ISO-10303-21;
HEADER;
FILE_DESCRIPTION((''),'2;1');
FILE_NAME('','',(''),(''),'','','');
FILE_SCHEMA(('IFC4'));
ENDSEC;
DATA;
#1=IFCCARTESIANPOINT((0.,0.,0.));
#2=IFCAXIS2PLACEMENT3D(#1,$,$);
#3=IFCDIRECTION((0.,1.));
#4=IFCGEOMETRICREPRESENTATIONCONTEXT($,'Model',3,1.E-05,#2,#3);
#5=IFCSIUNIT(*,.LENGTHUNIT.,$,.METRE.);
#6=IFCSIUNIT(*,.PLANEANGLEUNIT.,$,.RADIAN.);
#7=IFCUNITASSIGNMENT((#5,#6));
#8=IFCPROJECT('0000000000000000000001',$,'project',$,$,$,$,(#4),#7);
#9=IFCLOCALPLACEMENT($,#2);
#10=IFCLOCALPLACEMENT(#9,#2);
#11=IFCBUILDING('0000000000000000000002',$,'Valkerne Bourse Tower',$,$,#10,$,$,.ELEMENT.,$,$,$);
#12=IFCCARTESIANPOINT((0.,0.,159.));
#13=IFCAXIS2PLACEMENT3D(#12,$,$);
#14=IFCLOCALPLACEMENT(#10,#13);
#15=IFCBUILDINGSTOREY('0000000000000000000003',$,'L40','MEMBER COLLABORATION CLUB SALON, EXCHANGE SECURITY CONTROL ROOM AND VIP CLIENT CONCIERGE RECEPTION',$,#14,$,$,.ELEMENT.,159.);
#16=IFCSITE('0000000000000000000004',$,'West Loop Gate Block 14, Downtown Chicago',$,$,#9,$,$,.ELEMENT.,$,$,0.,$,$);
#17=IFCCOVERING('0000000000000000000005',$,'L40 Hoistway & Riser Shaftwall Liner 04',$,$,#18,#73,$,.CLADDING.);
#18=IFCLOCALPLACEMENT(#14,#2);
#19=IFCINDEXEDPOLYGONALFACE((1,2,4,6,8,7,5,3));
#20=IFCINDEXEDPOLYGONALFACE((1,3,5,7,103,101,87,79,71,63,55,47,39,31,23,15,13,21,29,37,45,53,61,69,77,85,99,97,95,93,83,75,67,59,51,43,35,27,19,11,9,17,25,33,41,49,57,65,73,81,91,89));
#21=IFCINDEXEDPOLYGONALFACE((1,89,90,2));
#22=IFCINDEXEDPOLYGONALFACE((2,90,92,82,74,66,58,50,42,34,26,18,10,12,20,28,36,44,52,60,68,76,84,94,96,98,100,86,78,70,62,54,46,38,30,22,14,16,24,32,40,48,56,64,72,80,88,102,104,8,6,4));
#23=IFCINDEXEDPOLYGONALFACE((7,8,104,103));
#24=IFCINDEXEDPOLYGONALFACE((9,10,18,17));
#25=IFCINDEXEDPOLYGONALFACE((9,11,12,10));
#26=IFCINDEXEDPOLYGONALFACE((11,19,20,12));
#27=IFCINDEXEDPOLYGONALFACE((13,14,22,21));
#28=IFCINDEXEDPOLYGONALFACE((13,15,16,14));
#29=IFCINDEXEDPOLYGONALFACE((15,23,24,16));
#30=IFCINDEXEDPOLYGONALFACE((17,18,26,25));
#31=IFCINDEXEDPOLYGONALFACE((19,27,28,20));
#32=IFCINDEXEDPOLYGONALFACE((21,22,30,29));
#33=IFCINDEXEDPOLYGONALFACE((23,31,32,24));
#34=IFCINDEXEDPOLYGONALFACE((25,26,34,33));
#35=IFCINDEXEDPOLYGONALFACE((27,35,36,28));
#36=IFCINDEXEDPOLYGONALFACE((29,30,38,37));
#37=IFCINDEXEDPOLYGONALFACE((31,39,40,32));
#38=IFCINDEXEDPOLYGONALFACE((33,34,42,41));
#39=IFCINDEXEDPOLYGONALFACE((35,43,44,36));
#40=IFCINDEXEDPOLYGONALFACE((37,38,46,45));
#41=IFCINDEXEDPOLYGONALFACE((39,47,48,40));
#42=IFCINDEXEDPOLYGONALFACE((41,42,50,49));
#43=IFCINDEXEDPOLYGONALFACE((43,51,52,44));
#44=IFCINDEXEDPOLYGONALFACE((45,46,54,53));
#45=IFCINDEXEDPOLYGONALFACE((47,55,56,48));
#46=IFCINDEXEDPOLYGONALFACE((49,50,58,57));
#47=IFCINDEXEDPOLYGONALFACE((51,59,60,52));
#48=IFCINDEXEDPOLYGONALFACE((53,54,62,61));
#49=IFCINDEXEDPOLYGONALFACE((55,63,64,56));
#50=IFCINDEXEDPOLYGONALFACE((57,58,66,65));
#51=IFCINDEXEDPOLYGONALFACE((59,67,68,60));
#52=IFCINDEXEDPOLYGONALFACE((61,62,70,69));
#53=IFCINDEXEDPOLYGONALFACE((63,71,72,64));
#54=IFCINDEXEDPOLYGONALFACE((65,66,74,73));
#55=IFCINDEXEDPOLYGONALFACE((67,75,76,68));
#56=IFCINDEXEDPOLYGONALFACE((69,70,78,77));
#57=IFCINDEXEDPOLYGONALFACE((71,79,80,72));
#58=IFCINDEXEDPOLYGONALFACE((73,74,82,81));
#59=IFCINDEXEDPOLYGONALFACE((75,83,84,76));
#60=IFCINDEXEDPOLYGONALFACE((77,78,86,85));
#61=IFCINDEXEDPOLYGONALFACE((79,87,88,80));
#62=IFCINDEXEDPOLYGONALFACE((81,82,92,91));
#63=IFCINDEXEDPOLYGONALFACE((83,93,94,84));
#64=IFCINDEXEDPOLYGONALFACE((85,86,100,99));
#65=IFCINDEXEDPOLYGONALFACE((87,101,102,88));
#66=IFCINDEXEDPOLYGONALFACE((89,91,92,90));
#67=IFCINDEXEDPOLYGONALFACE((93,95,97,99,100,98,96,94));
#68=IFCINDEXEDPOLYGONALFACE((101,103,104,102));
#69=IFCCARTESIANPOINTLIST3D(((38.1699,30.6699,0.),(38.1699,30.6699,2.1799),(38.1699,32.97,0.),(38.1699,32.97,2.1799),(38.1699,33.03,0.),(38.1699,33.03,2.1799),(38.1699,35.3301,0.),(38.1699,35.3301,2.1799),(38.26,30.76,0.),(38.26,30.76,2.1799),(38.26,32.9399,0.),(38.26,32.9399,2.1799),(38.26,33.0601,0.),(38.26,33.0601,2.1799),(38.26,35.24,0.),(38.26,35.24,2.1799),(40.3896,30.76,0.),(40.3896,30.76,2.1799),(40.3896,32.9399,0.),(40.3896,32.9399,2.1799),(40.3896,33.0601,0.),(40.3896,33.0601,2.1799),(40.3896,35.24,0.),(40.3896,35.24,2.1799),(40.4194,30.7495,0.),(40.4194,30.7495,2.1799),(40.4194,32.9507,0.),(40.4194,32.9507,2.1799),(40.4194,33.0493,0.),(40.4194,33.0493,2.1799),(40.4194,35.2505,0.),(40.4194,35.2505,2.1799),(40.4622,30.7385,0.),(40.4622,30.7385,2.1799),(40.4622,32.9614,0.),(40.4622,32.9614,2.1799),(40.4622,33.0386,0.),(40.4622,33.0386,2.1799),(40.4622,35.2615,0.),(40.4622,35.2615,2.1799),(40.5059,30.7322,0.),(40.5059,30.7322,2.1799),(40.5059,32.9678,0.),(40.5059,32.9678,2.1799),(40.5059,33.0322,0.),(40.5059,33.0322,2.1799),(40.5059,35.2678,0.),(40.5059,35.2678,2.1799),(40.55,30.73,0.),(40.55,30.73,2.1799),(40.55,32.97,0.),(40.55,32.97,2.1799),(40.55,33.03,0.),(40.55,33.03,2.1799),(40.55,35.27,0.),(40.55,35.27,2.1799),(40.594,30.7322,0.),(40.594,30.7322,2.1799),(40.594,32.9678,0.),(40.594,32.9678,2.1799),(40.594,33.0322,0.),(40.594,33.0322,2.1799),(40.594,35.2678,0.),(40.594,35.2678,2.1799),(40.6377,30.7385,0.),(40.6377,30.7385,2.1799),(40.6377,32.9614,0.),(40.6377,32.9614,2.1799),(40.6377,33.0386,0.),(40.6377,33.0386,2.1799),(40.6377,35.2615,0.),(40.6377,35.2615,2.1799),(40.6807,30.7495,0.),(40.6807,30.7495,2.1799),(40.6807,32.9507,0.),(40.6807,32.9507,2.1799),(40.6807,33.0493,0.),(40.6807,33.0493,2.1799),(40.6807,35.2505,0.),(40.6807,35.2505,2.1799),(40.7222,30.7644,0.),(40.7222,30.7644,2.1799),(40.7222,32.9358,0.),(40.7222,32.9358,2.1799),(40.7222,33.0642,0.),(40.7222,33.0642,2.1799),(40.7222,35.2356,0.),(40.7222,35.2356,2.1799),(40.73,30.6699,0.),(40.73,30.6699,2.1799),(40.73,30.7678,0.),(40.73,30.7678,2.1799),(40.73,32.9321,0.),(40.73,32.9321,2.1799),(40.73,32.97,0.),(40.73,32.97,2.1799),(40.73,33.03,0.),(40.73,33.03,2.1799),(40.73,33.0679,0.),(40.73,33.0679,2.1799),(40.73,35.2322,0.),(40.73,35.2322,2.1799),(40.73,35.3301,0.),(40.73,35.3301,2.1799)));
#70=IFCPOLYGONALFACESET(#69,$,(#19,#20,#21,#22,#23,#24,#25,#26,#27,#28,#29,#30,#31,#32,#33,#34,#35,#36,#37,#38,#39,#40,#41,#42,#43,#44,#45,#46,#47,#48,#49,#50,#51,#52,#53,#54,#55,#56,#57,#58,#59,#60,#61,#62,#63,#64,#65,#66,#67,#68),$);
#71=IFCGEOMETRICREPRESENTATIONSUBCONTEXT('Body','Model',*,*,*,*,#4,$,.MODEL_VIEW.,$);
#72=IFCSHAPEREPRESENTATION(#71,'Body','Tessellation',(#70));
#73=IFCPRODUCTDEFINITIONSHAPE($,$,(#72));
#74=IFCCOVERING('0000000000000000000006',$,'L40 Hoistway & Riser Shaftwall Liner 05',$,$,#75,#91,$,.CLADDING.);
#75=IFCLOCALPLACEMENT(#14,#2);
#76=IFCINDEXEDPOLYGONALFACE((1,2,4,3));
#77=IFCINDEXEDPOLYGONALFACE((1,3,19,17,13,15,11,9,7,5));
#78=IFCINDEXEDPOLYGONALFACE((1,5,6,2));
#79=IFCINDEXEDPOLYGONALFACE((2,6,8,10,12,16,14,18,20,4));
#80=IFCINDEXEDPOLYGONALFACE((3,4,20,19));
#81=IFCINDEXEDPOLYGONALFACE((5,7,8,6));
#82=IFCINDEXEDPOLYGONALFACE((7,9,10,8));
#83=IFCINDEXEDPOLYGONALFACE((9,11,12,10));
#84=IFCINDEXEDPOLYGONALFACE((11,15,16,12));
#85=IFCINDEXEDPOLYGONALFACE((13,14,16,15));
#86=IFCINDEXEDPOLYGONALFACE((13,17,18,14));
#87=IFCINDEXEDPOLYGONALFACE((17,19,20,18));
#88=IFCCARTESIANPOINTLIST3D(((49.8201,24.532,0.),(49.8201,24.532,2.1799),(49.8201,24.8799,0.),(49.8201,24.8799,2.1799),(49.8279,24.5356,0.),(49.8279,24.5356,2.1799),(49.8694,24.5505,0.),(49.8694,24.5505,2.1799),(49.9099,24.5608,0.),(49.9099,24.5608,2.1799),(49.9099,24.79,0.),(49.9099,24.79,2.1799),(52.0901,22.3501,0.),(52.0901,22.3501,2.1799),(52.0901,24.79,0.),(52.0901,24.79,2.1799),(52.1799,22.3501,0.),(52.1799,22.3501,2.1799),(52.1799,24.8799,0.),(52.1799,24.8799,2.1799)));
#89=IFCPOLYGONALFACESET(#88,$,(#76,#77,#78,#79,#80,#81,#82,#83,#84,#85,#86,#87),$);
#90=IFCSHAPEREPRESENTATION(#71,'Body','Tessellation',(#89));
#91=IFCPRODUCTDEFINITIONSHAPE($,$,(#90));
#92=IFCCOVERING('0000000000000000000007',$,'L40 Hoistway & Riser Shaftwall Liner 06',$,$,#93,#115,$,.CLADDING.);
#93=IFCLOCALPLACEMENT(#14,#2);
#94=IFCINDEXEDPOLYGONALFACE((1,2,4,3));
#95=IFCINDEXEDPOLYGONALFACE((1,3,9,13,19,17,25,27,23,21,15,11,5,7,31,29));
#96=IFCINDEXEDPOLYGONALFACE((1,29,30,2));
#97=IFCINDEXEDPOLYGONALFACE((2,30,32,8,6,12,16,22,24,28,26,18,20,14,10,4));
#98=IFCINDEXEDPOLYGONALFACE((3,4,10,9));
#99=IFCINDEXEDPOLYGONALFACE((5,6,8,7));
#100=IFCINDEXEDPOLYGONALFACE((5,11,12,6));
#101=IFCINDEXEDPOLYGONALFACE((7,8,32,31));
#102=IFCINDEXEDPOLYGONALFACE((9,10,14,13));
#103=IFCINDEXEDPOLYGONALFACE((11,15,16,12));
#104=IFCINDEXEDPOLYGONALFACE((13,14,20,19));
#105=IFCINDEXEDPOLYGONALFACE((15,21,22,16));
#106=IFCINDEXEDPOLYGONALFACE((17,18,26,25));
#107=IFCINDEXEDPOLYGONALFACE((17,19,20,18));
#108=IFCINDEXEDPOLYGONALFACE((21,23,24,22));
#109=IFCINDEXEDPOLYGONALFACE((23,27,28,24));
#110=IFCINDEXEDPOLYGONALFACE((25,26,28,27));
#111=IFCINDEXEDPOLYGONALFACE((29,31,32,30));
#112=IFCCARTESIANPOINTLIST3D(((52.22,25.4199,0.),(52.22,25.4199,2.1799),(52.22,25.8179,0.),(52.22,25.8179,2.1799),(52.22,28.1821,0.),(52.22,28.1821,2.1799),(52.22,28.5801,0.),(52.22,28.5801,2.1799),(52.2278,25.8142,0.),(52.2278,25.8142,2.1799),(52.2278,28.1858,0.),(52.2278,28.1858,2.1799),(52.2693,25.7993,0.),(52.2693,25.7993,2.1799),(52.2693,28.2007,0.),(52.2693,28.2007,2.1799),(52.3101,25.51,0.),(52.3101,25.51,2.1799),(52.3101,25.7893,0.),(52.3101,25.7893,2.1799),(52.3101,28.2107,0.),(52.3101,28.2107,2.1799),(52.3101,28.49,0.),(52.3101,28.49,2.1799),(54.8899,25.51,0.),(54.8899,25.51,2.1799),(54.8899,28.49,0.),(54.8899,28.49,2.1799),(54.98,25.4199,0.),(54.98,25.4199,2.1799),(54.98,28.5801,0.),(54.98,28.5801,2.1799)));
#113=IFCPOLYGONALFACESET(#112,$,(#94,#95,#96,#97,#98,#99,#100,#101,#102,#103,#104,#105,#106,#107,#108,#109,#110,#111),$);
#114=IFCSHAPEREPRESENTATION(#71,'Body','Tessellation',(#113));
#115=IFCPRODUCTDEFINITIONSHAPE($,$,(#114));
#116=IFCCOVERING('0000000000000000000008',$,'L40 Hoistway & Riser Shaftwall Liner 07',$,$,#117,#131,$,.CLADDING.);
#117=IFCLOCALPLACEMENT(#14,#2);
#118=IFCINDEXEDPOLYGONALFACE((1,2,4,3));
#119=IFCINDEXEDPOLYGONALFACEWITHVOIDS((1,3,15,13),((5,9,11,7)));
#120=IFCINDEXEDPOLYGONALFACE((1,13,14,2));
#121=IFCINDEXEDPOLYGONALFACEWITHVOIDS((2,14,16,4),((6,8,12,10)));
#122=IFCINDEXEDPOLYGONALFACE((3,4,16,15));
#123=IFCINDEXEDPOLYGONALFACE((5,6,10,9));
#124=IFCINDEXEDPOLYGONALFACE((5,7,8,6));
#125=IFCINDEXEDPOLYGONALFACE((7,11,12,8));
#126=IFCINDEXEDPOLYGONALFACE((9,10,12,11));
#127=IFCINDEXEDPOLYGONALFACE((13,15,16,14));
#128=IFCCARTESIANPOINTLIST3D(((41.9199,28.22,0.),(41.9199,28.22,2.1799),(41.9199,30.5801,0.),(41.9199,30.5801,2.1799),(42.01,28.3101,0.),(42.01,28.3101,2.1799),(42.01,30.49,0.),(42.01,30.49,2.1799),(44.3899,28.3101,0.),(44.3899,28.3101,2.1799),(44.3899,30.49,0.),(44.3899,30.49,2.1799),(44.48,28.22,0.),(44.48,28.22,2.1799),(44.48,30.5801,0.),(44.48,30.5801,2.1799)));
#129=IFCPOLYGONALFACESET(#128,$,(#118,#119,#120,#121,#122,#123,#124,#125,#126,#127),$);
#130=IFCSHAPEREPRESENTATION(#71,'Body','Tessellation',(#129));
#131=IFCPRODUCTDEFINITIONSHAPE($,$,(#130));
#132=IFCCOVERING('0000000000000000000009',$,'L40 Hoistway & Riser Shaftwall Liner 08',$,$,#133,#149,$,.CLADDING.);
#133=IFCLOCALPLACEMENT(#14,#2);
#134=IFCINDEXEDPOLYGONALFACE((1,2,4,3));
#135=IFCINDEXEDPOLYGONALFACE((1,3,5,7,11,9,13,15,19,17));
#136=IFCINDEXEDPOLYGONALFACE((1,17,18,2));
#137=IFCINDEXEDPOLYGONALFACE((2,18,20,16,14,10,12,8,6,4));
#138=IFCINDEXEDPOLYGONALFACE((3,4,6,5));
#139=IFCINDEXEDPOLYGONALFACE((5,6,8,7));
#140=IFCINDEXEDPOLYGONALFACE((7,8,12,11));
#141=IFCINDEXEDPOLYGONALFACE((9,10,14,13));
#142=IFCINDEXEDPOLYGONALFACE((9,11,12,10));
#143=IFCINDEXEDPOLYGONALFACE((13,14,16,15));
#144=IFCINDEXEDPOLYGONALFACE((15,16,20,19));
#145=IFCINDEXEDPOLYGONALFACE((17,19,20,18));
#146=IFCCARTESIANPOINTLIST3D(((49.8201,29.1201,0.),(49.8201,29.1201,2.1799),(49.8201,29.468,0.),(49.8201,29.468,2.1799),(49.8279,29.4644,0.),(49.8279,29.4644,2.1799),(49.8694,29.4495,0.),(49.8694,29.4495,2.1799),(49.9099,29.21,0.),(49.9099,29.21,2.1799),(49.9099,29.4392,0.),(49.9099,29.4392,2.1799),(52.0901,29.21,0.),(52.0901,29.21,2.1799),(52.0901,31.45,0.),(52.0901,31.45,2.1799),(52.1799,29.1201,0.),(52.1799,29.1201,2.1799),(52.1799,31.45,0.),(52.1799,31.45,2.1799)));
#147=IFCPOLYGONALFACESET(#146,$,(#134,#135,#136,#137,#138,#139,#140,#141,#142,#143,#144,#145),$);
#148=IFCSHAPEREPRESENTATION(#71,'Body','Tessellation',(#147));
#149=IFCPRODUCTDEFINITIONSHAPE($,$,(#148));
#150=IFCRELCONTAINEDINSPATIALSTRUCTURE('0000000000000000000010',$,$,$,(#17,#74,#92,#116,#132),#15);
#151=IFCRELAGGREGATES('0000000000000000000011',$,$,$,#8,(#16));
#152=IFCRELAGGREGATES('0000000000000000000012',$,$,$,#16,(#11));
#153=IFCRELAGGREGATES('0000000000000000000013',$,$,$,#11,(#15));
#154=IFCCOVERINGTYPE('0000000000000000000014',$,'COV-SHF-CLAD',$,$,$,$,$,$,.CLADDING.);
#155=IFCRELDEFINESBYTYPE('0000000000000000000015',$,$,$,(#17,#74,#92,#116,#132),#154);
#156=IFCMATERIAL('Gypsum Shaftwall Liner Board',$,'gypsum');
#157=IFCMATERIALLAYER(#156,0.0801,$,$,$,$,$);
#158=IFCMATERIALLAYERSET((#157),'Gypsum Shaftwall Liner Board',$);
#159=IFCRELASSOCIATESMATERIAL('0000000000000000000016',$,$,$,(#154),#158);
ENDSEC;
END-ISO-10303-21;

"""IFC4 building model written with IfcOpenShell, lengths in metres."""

from ifc_helpers import new_model, si_unit, direction, frame, origin, place, context, subcontext, project, spatial, polyline, outline, extrude, material, layer, layer_set, type_object, element, save


model = new_model("IFC4")

# Units and contexts
model_context = context("Model", 3, precision=1e-05, world=origin(), true_north=direction((0.0, 1.0)))
body_context = subcontext(model_context, "Body", "Model", "MODEL_VIEW")
ifc_project = project(units=[si_unit("LENGTHUNIT", "METRE"), si_unit("PLANEANGLEUNIT", "RADIAN")], contexts=[model_context])

# Site, building, storey
site_placement = place(None, origin())
site = spatial("IfcSite", under=ifc_project, at=site_placement, Name="West Loop Gate Block 14, Downtown Chicago", CompositionType="ELEMENT", RefElevation=0.0)
building_placement = place(site_placement, origin())
building = spatial("IfcBuilding", under=site, at=building_placement, Name="Valkerne Bourse Tower", CompositionType="ELEMENT")
storey_placement = place(building_placement, frame((0.0, 0.0, 159.0)))
storey = spatial("IfcBuildingStorey", under=building, at=storey_placement, Name="L40", Description="MEMBER COLLABORATION CLUB SALON, EXCHANGE SECURITY CONTROL ROOM AND VIP CLIENT CONCIERGE RECEPTION", CompositionType="ELEMENT", Elevation=159.0)

# Coverings
ifc_material_1 = material(Name="Gypsum Shaftwall Liner Board", Category="gypsum")
ifc_layer_1 = layer(ifc_material_1, 0.0801)
ifc_layer_set_1 = layer_set([ifc_layer_1], Name="Gypsum Shaftwall Liner Board")
covering_type_1 = type_object("IfcCoveringType", Name="COV-SHF-CLAD", PredefinedType="CLADDING", material=ifc_layer_set_1)
covering_1_placement = place(storey_placement, origin())
element("IfcCovering", 1, at=covering_1_placement, inside=storey, type_object=covering_type_1, Name="L40 Hoistway & Riser Shaftwall Liner 04", PredefinedType="CLADDING", context=body_context, shape_type="SweptSolid", body=[
    extrude(outline(polyline([(38.1699, 35.3301), (40.73, 35.3301), (40.73, 35.2322), (40.7222, 35.2356), (40.6807, 35.2505), (40.6377, 35.2615), (40.594, 35.2678), (40.55, 35.27), (40.5059, 35.2678), (40.4622, 35.2615), (40.4194, 35.2505), (40.3896, 35.24), (38.26, 35.24), (38.26, 33.0601), (40.3896, 33.0601), (40.4194, 33.0493), (40.4622, 33.0386), (40.5059, 33.0322), (40.55, 33.03), (40.594, 33.0322), (40.6377, 33.0386), (40.6807, 33.0493), (40.7222, 33.0642), (40.73, 33.0679), (40.73, 33.03), (40.73, 32.97), (40.73, 32.9321), (40.7222, 32.9358), (40.6807, 32.9507), (40.6377, 32.9614), (40.594, 32.9678), (40.55, 32.97), (40.5059, 32.9678), (40.4622, 32.9614), (40.4194, 32.9507), (40.3896, 32.9399), (38.26, 32.9399), (38.26, 30.76), (40.3896, 30.76), (40.4194, 30.7495), (40.4622, 30.7385), (40.5059, 30.7322), (40.55, 30.73), (40.594, 30.7322), (40.6377, 30.7385), (40.6807, 30.7495), (40.7222, 30.7644), (40.73, 30.7678), (40.73, 30.6699), (38.1699, 30.6699), (38.1699, 32.97), (38.1699, 33.03), (38.1699, 35.3301)])), origin(), (0.0, 0.0, 1.0), 2.1799),
])
covering_2_placement = place(storey_placement, origin())
element("IfcCovering", 2, at=covering_2_placement, inside=storey, type_object=covering_type_1, Name="L40 Hoistway & Riser Shaftwall Liner 05", PredefinedType="CLADDING", context=body_context, shape_type="SweptSolid", body=[
    extrude(outline(polyline([(52.1799, 22.3501), (52.0901, 22.3501), (52.0901, 24.79), (49.9099, 24.79), (49.9099, 24.5608), (49.8694, 24.5505), (49.8279, 24.5356), (49.8201, 24.532), (49.8201, 24.8799), (52.1799, 24.8799), (52.1799, 22.3501)])), origin(), (0.0, 0.0, 1.0), 2.1799),
])
covering_3_placement = place(storey_placement, origin())
element("IfcCovering", 3, at=covering_3_placement, inside=storey, type_object=covering_type_1, Name="L40 Hoistway & Riser Shaftwall Liner 06", PredefinedType="CLADDING", context=body_context, shape_type="SweptSolid", body=[
    extrude(outline(polyline([(54.98, 25.4199), (52.22, 25.4199), (52.22, 25.8179), (52.2278, 25.8142), (52.2693, 25.7993), (52.3101, 25.7893), (52.3101, 25.51), (54.8899, 25.51), (54.8899, 28.49), (52.3101, 28.49), (52.3101, 28.2107), (52.2693, 28.2007), (52.2278, 28.1858), (52.22, 28.1821), (52.22, 28.5801), (54.98, 28.5801), (54.98, 25.4199)])), origin(), (0.0, 0.0, 1.0), 2.1799),
])
covering_4_placement = place(storey_placement, origin())
element("IfcCovering", 4, at=covering_4_placement, inside=storey, type_object=covering_type_1, Name="L40 Hoistway & Riser Shaftwall Liner 07", PredefinedType="CLADDING", context=body_context, shape_type="SweptSolid", body=[
    extrude(outline(polyline([(44.48, 28.22), (41.9199, 28.22), (41.9199, 30.5801), (44.48, 30.5801), (44.48, 28.22)]), holes=[polyline([(42.01, 30.49), (42.01, 28.3101), (44.3899, 28.3101), (44.3899, 30.49), (42.01, 30.49)])]), origin(), (0.0, 0.0, 1.0), 2.1799),
])
covering_5_placement = place(storey_placement, origin())
element("IfcCovering", 5, at=covering_5_placement, inside=storey, type_object=covering_type_1, Name="L40 Hoistway & Riser Shaftwall Liner 08", PredefinedType="CLADDING", context=body_context, shape_type="SweptSolid", body=[
    extrude(outline(polyline([(49.8201, 29.1201), (49.8201, 29.468), (49.8279, 29.4644), (49.8694, 29.4495), (49.9099, 29.4392), (49.9099, 29.21), (52.0901, 29.21), (52.0901, 31.45), (52.1799, 31.45), (52.1799, 29.1201), (49.8201, 29.1201)])), origin(), (0.0, 0.0, 1.0), 2.1799),
])

save(model, "model.ifc")
